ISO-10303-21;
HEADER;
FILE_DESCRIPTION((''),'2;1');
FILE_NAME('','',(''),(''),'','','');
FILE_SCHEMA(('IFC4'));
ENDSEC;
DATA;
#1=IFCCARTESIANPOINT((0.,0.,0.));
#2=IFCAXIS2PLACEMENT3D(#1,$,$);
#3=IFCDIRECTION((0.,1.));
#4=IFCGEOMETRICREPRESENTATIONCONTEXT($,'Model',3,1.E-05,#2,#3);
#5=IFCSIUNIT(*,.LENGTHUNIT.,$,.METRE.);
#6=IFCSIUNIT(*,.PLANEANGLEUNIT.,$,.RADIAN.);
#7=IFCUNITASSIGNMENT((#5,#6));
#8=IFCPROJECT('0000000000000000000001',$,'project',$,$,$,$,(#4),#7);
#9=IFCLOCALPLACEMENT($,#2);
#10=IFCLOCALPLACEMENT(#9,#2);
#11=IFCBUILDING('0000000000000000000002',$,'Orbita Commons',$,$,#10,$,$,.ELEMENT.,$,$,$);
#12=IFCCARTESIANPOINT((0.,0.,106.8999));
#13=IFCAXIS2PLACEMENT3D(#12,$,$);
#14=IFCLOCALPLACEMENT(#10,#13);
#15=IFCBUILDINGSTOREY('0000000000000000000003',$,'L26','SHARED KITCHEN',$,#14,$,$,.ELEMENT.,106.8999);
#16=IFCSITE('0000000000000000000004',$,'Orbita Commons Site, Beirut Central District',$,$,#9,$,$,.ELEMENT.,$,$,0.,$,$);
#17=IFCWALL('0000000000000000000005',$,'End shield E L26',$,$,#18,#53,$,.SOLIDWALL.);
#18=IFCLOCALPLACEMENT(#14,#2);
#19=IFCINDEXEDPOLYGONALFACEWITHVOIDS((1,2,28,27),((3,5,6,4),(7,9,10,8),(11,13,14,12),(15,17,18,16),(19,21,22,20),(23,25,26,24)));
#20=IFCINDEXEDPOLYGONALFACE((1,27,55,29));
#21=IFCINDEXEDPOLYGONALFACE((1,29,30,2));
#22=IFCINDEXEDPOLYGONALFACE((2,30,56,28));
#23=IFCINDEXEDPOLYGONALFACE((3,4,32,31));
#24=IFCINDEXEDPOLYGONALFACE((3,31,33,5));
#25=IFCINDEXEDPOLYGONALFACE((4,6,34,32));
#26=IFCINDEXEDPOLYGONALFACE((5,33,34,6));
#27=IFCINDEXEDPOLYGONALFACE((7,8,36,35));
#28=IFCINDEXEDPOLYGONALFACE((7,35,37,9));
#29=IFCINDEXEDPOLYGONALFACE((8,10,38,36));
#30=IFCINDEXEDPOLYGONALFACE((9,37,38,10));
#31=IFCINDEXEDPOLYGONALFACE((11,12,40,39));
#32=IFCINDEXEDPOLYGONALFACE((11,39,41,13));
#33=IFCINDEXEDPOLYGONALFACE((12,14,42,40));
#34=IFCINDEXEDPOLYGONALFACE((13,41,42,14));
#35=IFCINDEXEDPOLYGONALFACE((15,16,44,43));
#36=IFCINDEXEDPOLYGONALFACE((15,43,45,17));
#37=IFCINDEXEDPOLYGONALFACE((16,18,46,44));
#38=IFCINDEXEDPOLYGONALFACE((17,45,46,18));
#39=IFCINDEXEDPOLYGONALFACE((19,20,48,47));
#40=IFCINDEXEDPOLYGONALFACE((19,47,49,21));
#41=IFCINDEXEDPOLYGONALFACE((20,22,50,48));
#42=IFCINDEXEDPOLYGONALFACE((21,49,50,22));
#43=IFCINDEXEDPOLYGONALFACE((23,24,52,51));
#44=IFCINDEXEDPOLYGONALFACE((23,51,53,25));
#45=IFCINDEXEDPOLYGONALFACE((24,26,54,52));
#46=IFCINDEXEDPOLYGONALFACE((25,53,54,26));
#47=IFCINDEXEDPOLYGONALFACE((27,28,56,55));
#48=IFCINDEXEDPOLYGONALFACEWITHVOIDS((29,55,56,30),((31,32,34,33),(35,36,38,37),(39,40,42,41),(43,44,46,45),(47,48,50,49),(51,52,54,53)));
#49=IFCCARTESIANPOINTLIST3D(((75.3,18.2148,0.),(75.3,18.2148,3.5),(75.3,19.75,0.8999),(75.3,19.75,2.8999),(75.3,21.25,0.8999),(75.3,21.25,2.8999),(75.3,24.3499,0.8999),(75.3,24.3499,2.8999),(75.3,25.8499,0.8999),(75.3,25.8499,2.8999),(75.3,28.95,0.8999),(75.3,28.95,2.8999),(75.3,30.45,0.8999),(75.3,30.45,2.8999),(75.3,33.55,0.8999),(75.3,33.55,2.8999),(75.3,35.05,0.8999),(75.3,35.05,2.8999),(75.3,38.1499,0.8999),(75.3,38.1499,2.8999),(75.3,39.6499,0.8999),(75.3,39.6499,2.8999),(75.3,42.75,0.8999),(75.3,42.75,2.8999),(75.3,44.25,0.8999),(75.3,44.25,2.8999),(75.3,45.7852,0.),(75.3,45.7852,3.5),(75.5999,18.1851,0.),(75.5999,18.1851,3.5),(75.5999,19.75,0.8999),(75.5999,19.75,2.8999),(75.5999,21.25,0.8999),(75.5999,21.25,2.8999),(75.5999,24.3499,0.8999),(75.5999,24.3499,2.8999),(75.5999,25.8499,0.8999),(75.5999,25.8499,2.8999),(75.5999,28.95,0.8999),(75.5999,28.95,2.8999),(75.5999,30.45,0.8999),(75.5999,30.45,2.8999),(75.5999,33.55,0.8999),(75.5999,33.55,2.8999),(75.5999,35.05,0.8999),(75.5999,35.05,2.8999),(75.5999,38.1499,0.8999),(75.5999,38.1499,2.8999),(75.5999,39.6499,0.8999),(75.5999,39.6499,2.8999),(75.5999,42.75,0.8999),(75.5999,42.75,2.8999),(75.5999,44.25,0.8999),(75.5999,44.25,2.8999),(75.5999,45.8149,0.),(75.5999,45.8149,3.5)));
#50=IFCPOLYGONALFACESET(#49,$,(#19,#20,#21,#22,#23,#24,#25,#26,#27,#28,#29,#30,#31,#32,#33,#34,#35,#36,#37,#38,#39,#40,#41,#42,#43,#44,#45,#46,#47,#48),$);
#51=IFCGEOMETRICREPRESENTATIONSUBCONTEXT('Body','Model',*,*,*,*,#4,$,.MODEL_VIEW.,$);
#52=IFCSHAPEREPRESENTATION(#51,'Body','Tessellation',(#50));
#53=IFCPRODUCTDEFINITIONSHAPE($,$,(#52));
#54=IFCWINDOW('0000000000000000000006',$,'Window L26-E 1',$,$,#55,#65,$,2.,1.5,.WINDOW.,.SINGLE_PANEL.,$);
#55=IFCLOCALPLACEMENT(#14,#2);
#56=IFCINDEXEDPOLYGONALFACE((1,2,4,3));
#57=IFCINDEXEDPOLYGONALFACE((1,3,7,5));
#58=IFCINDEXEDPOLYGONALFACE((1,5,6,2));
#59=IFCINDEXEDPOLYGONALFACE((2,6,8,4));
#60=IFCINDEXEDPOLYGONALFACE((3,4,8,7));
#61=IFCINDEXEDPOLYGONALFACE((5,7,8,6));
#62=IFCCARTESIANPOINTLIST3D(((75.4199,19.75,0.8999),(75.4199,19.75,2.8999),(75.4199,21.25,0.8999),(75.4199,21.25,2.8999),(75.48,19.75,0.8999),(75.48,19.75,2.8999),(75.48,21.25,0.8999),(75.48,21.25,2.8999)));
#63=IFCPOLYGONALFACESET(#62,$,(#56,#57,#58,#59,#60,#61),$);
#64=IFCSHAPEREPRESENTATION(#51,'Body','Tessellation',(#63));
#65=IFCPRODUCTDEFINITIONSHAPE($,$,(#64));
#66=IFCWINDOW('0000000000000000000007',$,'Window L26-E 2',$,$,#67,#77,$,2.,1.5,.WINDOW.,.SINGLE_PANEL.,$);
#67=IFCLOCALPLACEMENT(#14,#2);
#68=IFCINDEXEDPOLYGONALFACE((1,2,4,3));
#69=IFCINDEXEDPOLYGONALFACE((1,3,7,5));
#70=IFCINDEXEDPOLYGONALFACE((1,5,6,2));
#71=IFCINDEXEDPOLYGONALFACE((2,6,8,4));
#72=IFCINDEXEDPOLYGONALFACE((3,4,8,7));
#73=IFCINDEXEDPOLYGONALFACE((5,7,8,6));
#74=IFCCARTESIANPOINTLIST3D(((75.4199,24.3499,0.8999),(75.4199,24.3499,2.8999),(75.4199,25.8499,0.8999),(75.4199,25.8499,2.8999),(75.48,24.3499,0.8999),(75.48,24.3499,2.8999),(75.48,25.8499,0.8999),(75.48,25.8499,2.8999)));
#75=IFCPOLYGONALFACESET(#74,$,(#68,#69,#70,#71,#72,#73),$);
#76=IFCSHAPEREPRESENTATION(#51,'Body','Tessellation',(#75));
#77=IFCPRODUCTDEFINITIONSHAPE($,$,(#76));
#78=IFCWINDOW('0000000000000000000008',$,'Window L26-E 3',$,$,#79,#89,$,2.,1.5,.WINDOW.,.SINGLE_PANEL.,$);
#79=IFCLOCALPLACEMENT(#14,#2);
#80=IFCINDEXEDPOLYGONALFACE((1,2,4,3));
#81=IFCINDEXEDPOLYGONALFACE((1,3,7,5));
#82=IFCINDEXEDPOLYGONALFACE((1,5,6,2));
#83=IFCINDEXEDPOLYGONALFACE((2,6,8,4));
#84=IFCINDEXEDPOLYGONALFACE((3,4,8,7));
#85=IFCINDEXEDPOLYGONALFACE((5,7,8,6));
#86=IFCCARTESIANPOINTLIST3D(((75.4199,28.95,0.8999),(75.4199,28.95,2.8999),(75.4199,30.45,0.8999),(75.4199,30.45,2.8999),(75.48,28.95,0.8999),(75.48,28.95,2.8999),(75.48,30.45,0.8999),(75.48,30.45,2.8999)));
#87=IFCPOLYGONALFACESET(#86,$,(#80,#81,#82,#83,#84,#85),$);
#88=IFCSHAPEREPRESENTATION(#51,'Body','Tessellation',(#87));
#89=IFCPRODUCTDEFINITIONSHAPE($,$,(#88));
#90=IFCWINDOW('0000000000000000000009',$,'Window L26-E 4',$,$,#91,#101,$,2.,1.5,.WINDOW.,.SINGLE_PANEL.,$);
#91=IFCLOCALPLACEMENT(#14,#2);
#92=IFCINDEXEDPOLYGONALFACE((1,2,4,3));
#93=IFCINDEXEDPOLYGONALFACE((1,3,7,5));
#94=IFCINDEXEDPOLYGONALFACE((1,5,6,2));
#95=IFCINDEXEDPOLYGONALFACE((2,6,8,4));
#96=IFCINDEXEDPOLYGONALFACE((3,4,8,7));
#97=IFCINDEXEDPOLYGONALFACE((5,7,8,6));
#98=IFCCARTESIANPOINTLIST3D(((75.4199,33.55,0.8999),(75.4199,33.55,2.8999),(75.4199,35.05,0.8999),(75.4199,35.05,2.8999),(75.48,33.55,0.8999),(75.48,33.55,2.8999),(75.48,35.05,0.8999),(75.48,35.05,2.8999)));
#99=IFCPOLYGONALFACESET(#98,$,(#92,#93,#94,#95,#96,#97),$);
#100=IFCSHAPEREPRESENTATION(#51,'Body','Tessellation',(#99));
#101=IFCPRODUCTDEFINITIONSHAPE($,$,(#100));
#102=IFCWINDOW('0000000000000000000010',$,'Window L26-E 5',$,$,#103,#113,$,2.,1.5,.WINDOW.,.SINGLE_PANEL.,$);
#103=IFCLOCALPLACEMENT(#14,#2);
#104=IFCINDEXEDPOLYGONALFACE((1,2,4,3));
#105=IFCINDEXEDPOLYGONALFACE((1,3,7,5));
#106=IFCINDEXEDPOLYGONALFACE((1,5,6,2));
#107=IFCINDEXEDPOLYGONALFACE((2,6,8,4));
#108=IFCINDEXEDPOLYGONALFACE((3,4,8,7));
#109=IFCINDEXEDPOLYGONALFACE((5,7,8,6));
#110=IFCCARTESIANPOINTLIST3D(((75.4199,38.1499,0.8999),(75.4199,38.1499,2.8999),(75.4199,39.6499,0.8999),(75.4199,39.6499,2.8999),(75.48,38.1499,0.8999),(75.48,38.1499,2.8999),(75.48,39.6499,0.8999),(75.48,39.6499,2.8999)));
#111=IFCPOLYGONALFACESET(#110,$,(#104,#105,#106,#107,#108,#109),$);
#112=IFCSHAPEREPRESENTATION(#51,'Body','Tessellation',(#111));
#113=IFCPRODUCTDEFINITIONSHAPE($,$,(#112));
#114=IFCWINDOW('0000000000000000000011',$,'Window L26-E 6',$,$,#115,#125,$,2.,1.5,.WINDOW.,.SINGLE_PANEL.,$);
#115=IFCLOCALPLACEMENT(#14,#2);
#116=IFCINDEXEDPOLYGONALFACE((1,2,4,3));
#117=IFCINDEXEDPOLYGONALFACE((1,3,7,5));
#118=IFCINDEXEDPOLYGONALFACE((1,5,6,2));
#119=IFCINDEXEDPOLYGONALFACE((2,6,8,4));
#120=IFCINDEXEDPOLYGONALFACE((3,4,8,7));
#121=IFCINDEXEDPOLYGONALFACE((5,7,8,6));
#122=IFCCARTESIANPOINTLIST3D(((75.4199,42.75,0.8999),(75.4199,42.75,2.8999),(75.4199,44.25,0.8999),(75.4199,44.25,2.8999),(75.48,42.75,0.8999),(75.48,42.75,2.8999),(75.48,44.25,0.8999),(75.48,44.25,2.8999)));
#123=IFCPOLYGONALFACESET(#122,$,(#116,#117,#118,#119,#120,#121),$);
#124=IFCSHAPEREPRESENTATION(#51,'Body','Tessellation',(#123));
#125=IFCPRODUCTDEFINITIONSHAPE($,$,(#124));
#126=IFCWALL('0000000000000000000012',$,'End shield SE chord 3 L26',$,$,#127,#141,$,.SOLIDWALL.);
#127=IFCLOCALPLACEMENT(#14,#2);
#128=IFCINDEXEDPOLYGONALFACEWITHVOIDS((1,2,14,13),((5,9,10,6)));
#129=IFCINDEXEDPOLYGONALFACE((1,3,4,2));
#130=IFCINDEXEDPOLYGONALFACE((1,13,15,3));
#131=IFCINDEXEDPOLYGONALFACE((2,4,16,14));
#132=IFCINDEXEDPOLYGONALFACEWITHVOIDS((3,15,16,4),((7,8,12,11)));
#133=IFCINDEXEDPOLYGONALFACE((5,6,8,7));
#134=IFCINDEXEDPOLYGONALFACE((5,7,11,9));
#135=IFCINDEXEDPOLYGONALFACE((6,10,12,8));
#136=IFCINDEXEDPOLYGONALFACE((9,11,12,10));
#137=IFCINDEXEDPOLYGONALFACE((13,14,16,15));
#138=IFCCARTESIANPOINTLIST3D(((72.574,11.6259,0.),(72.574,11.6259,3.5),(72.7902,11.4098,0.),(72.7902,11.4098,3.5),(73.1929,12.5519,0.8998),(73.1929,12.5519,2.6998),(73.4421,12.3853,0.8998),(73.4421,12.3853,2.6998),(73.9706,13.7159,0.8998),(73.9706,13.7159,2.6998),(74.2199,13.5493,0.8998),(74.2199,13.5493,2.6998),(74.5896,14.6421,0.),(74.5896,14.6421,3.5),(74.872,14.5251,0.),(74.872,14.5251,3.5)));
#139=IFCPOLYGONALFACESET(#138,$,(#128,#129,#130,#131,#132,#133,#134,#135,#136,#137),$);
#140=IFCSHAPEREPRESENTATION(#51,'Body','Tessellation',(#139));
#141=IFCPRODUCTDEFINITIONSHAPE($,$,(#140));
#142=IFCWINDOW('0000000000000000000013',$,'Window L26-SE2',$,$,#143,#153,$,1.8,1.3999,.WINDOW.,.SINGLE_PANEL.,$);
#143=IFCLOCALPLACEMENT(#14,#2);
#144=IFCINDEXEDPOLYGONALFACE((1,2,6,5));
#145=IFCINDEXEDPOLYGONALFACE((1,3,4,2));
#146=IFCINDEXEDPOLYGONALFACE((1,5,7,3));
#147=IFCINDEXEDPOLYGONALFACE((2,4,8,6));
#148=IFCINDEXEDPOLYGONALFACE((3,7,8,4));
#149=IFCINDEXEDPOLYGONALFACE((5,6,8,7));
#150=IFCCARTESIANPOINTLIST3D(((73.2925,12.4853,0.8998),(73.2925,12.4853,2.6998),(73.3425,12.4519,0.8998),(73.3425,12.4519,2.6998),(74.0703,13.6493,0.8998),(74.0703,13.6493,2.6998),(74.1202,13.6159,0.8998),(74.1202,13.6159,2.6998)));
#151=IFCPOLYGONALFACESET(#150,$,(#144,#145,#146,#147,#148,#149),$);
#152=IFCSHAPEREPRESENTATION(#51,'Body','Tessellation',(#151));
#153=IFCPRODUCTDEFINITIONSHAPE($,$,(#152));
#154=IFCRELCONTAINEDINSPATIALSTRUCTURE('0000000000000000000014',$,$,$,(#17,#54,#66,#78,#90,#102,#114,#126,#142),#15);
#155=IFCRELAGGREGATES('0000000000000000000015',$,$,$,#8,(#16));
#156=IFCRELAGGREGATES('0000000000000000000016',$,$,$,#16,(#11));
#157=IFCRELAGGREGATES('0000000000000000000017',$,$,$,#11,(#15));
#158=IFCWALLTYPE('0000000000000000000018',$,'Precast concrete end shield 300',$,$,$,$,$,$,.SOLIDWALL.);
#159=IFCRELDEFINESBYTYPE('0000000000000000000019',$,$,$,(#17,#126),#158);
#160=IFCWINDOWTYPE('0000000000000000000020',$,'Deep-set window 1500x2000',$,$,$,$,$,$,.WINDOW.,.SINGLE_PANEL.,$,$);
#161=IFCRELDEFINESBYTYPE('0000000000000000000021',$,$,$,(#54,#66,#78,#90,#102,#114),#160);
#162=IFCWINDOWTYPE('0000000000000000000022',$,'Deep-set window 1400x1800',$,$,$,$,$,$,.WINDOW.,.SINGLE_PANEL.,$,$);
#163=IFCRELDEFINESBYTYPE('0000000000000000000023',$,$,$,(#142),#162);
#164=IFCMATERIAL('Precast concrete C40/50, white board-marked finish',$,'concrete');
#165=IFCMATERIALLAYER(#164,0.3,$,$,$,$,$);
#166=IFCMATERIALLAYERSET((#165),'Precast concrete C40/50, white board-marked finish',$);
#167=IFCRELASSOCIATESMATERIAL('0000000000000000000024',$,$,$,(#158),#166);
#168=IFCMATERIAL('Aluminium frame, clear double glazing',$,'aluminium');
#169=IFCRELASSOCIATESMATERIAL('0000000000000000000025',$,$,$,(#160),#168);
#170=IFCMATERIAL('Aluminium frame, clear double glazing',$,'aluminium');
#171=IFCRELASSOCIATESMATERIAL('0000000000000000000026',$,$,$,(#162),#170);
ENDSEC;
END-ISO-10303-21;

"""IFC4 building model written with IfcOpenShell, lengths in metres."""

from ifc_helpers import new_model, si_unit, direction, frame, frame_2d, origin, place, context, subcontext, project, spatial, polyline, rectangle, outline, extrude, material, layer, layer_set, type_object, element, fill, save


model = new_model("IFC4")

# Units and contexts
model_context = context("Model", 3, precision=1e-05, world=origin(), true_north=direction((0.0, 1.0)))
body_context = subcontext(model_context, "Body", "Model", "MODEL_VIEW")
ifc_project = project(units=[si_unit("LENGTHUNIT", "METRE"), si_unit("PLANEANGLEUNIT", "RADIAN")], contexts=[model_context])

# Site, building, storey
site_placement = place(None, origin())
site = spatial("IfcSite", under=ifc_project, at=site_placement, Name="Orbita Commons Site, Beirut Central District", CompositionType="ELEMENT", RefElevation=0.0)
building_placement = place(site_placement, origin())
building = spatial("IfcBuilding", under=site, at=building_placement, Name="Orbita Commons", CompositionType="ELEMENT")
storey_placement = place(building_placement, frame((0.0, 0.0, 106.8999)))
storey = spatial("IfcBuildingStorey", under=building, at=storey_placement, Name="L26", Description="SHARED KITCHEN", CompositionType="ELEMENT", Elevation=106.8999)

# Wall, openings, windows
ifc_material_1 = material(Name="Precast concrete C40/50, white board-marked finish", Category="concrete")
ifc_layer_1 = layer(ifc_material_1, 0.3)
ifc_layer_set_1 = layer_set([ifc_layer_1], Name="Precast concrete C40/50, white board-marked finish")
wall_type_1 = type_object("IfcWallType", Name="Precast concrete end shield 300", PredefinedType="SOLIDWALL", material=ifc_layer_set_1)
wall_1_placement = place(storey_placement, frame((75.45, 18.2, 0.0), z_axis=(0.0, 0.0, 1.0), x_axis=(0.0, 1.0, 0.0)))
wall_1 = element("IfcWall", 1, at=wall_1_placement, inside=storey, type_object=wall_type_1, Name="End shield E L26", PredefinedType="SOLIDWALL", context=body_context, shape_type="SweptSolid", body=[
    extrude(outline(polyline([(-0.0149, -0.1499), (27.615, -0.1499), (27.5852, 0.1499), (0.0149, 0.1499), (-0.0149, -0.1499)])), origin(), (0.0, 0.0, 1.0), 3.5),
])
opening_1_placement = place(wall_1_placement, frame((1.55, 0.0, 0.8999)))
opening_1 = element("IfcOpeningElement", 2, at=opening_1_placement, cuts=wall_1, PredefinedType="OPENING", context=body_context, shape_type="SweptSolid", body=[
    extrude(rectangle(XDim=1.5, YDim=2.0, at=frame_2d((0.75, 1.0))), frame((0.0, 0.1599, 0.0), z_axis=(0.0, -1.0, 0.0), x_axis=(1.0, 0.0, 0.0)), (0.0, 0.0, 1.0), 0.3201),
])
opening_2_placement = place(wall_1_placement, frame((6.1499, 0.0, 0.8999)))
opening_2 = element("IfcOpeningElement", 3, at=opening_2_placement, cuts=wall_1, PredefinedType="OPENING", context=body_context, shape_type="SweptSolid", body=[
    extrude(rectangle(XDim=1.5, YDim=2.0, at=frame_2d((0.75, 1.0))), frame((0.0, 0.1599, 0.0), z_axis=(0.0, -1.0, 0.0), x_axis=(1.0, 0.0, 0.0)), (0.0, 0.0, 1.0), 0.3201),
])
opening_3_placement = place(wall_1_placement, frame((10.75, 0.0, 0.8999)))
opening_3 = element("IfcOpeningElement", 4, at=opening_3_placement, cuts=wall_1, PredefinedType="OPENING", context=body_context, shape_type="SweptSolid", body=[
    extrude(rectangle(XDim=1.5, YDim=2.0, at=frame_2d((0.75, 1.0))), frame((0.0, 0.1599, 0.0), z_axis=(0.0, -1.0, 0.0), x_axis=(1.0, 0.0, 0.0)), (0.0, 0.0, 1.0), 0.3201),
])
opening_4_placement = place(wall_1_placement, frame((15.3501, 0.0, 0.8999)))
opening_4 = element("IfcOpeningElement", 5, at=opening_4_placement, cuts=wall_1, PredefinedType="OPENING", context=body_context, shape_type="SweptSolid", body=[
    extrude(rectangle(XDim=1.5, YDim=2.0, at=frame_2d((0.75, 1.0))), frame((0.0, 0.1599, 0.0), z_axis=(0.0, -1.0, 0.0), x_axis=(1.0, 0.0, 0.0)), (0.0, 0.0, 1.0), 0.3201),
])
opening_5_placement = place(wall_1_placement, frame((19.95, 0.0, 0.8999)))
opening_5 = element("IfcOpeningElement", 6, at=opening_5_placement, cuts=wall_1, PredefinedType="OPENING", context=body_context, shape_type="SweptSolid", body=[
    extrude(rectangle(XDim=1.5, YDim=2.0, at=frame_2d((0.75, 1.0))), frame((0.0, 0.1599, 0.0), z_axis=(0.0, -1.0, 0.0), x_axis=(1.0, 0.0, 0.0)), (0.0, 0.0, 1.0), 0.3201),
])
opening_6_placement = place(wall_1_placement, frame((24.55, 0.0, 0.8999)))
opening_6 = element("IfcOpeningElement", 7, at=opening_6_placement, cuts=wall_1, PredefinedType="OPENING", context=body_context, shape_type="SweptSolid", body=[
    extrude(rectangle(XDim=1.5, YDim=2.0, at=frame_2d((0.75, 1.0))), frame((0.0, 0.1599, 0.0), z_axis=(0.0, -1.0, 0.0), x_axis=(1.0, 0.0, 0.0)), (0.0, 0.0, 1.0), 0.3201),
])
ifc_material_2 = material(Name="Aluminium frame, clear double glazing", Category="aluminium")
window_type_1 = type_object("IfcWindowType", Name="Deep-set window 1500x2000", PartitioningType="SINGLE_PANEL", PredefinedType="WINDOW", material=ifc_material_2)
window_1_placement = place(opening_1_placement, origin())
window_1 = element("IfcWindow", 8, at=window_1_placement, inside=storey, type_object=window_type_1, Name="Window L26-E 1", OverallHeight=2.0, OverallWidth=1.5, PartitioningType="SINGLE_PANEL", PredefinedType="WINDOW", context=body_context, shape_type="SweptSolid", body=[
    extrude(rectangle(XDim=1.5, YDim=2.0, at=frame_2d((0.75, 1.0))), frame((0.0, 0.03, 0.0), z_axis=(0.0, -1.0, 0.0), x_axis=(1.0, 0.0, 0.0)), (0.0, 0.0, 1.0), 0.0601),
])
fill(opening_1, window_1)
window_2_placement = place(opening_2_placement, origin())
window_2 = element("IfcWindow", 9, at=window_2_placement, inside=storey, type_object=window_type_1, Name="Window L26-E 2", OverallHeight=2.0, OverallWidth=1.5, PartitioningType="SINGLE_PANEL", PredefinedType="WINDOW", context=body_context, shape_type="SweptSolid", body=[
    extrude(rectangle(XDim=1.5, YDim=2.0, at=frame_2d((0.75, 1.0))), frame((0.0, 0.03, 0.0), z_axis=(0.0, -1.0, 0.0), x_axis=(1.0, 0.0, 0.0)), (0.0, 0.0, 1.0), 0.0601),
])
fill(opening_2, window_2)
window_3_placement = place(opening_3_placement, origin())
window_3 = element("IfcWindow", 10, at=window_3_placement, inside=storey, type_object=window_type_1, Name="Window L26-E 3", OverallHeight=2.0, OverallWidth=1.5, PartitioningType="SINGLE_PANEL", PredefinedType="WINDOW", context=body_context, shape_type="SweptSolid", body=[
    extrude(rectangle(XDim=1.5, YDim=2.0, at=frame_2d((0.75, 1.0))), frame((0.0, 0.03, 0.0), z_axis=(0.0, -1.0, 0.0), x_axis=(1.0, 0.0, 0.0)), (0.0, 0.0, 1.0), 0.0601),
])
fill(opening_3, window_3)
window_4_placement = place(opening_4_placement, origin())
window_4 = element("IfcWindow", 11, at=window_4_placement, inside=storey, type_object=window_type_1, Name="Window L26-E 4", OverallHeight=2.0, OverallWidth=1.5, PartitioningType="SINGLE_PANEL", PredefinedType="WINDOW", context=body_context, shape_type="SweptSolid", body=[
    extrude(rectangle(XDim=1.5, YDim=2.0, at=frame_2d((0.75, 1.0))), frame((0.0, 0.03, 0.0), z_axis=(0.0, -1.0, 0.0), x_axis=(1.0, 0.0, 0.0)), (0.0, 0.0, 1.0), 0.0601),
])
fill(opening_4, window_4)
window_5_placement = place(opening_5_placement, origin())
window_5 = element("IfcWindow", 12, at=window_5_placement, inside=storey, type_object=window_type_1, Name="Window L26-E 5", OverallHeight=2.0, OverallWidth=1.5, PartitioningType="SINGLE_PANEL", PredefinedType="WINDOW", context=body_context, shape_type="SweptSolid", body=[
    extrude(rectangle(XDim=1.5, YDim=2.0, at=frame_2d((0.75, 1.0))), frame((0.0, 0.03, 0.0), z_axis=(0.0, -1.0, 0.0), x_axis=(1.0, 0.0, 0.0)), (0.0, 0.0, 1.0), 0.0601),
])
fill(opening_5, window_5)
window_6_placement = place(opening_6_placement, origin())
window_6 = element("IfcWindow", 13, at=window_6_placement, inside=storey, type_object=window_type_1, Name="Window L26-E 6", OverallHeight=2.0, OverallWidth=1.5, PartitioningType="SINGLE_PANEL", PredefinedType="WINDOW", context=body_context, shape_type="SweptSolid", body=[
    extrude(rectangle(XDim=1.5, YDim=2.0, at=frame_2d((0.75, 1.0))), frame((0.0, 0.03, 0.0), z_axis=(0.0, -1.0, 0.0), x_axis=(1.0, 0.0, 0.0)), (0.0, 0.0, 1.0), 0.0601),
])
fill(opening_6, window_6)

# Wall, opening, window
wall_2_placement = place(storey_placement, frame((72.6821, 11.5178, 0.0), z_axis=(0.0, 0.0, 1.0), x_axis=(0.555601, 0.831449, 0.0)))
wall_2 = element("IfcWall", 14, at=wall_2_placement, inside=storey, type_object=wall_type_1, Name="End shield SE chord 3 L26", PredefinedType="SOLIDWALL", context=body_context, shape_type="SweptSolid", body=[
    extrude(outline(polyline([(-0.0298, -0.1499), (3.717, -0.1499), (3.6575, 0.1499), (0.0298, 0.1499), (-0.0298, -0.1499)])), origin(), (0.0, 0.0, 1.0), 3.5),
])
opening_7_placement = place(wall_2_placement, frame((1.1436, 0.0, 0.8999)))
opening_7 = element("IfcOpeningElement", 15, at=opening_7_placement, cuts=wall_2, PredefinedType="OPENING", context=body_context, shape_type="SweptSolid", body=[
    extrude(rectangle(XDim=1.3999, YDim=1.8, at=frame_2d((0.7, 0.8999))), frame((0.0, 0.1599, 0.0), z_axis=(0.0, -1.0, 0.0), x_axis=(1.0, 0.0, 0.0)), (0.0, 0.0, 1.0), 0.3201),
])
ifc_material_3 = material(Name="Aluminium frame, clear double glazing", Category="aluminium")
window_type_2 = type_object("IfcWindowType", Name="Deep-set window 1400x1800", PartitioningType="SINGLE_PANEL", PredefinedType="WINDOW", material=ifc_material_3)
window_7_placement = place(opening_7_placement, origin())
window_7 = element("IfcWindow", 16, at=window_7_placement, inside=storey, type_object=window_type_2, Name="Window L26-SE2", OverallHeight=1.8, OverallWidth=1.3999, PartitioningType="SINGLE_PANEL", PredefinedType="WINDOW", context=body_context, shape_type="SweptSolid", body=[
    extrude(rectangle(XDim=1.3999, YDim=1.8, at=frame_2d((0.7, 0.8999))), frame((0.0, 0.03, 0.0), z_axis=(0.0, -1.0, 0.0), x_axis=(1.0, 0.0, 0.0)), (0.0, 0.0, 1.0), 0.0601),
])
fill(opening_7, window_7)

save(model, "model.ifc")
